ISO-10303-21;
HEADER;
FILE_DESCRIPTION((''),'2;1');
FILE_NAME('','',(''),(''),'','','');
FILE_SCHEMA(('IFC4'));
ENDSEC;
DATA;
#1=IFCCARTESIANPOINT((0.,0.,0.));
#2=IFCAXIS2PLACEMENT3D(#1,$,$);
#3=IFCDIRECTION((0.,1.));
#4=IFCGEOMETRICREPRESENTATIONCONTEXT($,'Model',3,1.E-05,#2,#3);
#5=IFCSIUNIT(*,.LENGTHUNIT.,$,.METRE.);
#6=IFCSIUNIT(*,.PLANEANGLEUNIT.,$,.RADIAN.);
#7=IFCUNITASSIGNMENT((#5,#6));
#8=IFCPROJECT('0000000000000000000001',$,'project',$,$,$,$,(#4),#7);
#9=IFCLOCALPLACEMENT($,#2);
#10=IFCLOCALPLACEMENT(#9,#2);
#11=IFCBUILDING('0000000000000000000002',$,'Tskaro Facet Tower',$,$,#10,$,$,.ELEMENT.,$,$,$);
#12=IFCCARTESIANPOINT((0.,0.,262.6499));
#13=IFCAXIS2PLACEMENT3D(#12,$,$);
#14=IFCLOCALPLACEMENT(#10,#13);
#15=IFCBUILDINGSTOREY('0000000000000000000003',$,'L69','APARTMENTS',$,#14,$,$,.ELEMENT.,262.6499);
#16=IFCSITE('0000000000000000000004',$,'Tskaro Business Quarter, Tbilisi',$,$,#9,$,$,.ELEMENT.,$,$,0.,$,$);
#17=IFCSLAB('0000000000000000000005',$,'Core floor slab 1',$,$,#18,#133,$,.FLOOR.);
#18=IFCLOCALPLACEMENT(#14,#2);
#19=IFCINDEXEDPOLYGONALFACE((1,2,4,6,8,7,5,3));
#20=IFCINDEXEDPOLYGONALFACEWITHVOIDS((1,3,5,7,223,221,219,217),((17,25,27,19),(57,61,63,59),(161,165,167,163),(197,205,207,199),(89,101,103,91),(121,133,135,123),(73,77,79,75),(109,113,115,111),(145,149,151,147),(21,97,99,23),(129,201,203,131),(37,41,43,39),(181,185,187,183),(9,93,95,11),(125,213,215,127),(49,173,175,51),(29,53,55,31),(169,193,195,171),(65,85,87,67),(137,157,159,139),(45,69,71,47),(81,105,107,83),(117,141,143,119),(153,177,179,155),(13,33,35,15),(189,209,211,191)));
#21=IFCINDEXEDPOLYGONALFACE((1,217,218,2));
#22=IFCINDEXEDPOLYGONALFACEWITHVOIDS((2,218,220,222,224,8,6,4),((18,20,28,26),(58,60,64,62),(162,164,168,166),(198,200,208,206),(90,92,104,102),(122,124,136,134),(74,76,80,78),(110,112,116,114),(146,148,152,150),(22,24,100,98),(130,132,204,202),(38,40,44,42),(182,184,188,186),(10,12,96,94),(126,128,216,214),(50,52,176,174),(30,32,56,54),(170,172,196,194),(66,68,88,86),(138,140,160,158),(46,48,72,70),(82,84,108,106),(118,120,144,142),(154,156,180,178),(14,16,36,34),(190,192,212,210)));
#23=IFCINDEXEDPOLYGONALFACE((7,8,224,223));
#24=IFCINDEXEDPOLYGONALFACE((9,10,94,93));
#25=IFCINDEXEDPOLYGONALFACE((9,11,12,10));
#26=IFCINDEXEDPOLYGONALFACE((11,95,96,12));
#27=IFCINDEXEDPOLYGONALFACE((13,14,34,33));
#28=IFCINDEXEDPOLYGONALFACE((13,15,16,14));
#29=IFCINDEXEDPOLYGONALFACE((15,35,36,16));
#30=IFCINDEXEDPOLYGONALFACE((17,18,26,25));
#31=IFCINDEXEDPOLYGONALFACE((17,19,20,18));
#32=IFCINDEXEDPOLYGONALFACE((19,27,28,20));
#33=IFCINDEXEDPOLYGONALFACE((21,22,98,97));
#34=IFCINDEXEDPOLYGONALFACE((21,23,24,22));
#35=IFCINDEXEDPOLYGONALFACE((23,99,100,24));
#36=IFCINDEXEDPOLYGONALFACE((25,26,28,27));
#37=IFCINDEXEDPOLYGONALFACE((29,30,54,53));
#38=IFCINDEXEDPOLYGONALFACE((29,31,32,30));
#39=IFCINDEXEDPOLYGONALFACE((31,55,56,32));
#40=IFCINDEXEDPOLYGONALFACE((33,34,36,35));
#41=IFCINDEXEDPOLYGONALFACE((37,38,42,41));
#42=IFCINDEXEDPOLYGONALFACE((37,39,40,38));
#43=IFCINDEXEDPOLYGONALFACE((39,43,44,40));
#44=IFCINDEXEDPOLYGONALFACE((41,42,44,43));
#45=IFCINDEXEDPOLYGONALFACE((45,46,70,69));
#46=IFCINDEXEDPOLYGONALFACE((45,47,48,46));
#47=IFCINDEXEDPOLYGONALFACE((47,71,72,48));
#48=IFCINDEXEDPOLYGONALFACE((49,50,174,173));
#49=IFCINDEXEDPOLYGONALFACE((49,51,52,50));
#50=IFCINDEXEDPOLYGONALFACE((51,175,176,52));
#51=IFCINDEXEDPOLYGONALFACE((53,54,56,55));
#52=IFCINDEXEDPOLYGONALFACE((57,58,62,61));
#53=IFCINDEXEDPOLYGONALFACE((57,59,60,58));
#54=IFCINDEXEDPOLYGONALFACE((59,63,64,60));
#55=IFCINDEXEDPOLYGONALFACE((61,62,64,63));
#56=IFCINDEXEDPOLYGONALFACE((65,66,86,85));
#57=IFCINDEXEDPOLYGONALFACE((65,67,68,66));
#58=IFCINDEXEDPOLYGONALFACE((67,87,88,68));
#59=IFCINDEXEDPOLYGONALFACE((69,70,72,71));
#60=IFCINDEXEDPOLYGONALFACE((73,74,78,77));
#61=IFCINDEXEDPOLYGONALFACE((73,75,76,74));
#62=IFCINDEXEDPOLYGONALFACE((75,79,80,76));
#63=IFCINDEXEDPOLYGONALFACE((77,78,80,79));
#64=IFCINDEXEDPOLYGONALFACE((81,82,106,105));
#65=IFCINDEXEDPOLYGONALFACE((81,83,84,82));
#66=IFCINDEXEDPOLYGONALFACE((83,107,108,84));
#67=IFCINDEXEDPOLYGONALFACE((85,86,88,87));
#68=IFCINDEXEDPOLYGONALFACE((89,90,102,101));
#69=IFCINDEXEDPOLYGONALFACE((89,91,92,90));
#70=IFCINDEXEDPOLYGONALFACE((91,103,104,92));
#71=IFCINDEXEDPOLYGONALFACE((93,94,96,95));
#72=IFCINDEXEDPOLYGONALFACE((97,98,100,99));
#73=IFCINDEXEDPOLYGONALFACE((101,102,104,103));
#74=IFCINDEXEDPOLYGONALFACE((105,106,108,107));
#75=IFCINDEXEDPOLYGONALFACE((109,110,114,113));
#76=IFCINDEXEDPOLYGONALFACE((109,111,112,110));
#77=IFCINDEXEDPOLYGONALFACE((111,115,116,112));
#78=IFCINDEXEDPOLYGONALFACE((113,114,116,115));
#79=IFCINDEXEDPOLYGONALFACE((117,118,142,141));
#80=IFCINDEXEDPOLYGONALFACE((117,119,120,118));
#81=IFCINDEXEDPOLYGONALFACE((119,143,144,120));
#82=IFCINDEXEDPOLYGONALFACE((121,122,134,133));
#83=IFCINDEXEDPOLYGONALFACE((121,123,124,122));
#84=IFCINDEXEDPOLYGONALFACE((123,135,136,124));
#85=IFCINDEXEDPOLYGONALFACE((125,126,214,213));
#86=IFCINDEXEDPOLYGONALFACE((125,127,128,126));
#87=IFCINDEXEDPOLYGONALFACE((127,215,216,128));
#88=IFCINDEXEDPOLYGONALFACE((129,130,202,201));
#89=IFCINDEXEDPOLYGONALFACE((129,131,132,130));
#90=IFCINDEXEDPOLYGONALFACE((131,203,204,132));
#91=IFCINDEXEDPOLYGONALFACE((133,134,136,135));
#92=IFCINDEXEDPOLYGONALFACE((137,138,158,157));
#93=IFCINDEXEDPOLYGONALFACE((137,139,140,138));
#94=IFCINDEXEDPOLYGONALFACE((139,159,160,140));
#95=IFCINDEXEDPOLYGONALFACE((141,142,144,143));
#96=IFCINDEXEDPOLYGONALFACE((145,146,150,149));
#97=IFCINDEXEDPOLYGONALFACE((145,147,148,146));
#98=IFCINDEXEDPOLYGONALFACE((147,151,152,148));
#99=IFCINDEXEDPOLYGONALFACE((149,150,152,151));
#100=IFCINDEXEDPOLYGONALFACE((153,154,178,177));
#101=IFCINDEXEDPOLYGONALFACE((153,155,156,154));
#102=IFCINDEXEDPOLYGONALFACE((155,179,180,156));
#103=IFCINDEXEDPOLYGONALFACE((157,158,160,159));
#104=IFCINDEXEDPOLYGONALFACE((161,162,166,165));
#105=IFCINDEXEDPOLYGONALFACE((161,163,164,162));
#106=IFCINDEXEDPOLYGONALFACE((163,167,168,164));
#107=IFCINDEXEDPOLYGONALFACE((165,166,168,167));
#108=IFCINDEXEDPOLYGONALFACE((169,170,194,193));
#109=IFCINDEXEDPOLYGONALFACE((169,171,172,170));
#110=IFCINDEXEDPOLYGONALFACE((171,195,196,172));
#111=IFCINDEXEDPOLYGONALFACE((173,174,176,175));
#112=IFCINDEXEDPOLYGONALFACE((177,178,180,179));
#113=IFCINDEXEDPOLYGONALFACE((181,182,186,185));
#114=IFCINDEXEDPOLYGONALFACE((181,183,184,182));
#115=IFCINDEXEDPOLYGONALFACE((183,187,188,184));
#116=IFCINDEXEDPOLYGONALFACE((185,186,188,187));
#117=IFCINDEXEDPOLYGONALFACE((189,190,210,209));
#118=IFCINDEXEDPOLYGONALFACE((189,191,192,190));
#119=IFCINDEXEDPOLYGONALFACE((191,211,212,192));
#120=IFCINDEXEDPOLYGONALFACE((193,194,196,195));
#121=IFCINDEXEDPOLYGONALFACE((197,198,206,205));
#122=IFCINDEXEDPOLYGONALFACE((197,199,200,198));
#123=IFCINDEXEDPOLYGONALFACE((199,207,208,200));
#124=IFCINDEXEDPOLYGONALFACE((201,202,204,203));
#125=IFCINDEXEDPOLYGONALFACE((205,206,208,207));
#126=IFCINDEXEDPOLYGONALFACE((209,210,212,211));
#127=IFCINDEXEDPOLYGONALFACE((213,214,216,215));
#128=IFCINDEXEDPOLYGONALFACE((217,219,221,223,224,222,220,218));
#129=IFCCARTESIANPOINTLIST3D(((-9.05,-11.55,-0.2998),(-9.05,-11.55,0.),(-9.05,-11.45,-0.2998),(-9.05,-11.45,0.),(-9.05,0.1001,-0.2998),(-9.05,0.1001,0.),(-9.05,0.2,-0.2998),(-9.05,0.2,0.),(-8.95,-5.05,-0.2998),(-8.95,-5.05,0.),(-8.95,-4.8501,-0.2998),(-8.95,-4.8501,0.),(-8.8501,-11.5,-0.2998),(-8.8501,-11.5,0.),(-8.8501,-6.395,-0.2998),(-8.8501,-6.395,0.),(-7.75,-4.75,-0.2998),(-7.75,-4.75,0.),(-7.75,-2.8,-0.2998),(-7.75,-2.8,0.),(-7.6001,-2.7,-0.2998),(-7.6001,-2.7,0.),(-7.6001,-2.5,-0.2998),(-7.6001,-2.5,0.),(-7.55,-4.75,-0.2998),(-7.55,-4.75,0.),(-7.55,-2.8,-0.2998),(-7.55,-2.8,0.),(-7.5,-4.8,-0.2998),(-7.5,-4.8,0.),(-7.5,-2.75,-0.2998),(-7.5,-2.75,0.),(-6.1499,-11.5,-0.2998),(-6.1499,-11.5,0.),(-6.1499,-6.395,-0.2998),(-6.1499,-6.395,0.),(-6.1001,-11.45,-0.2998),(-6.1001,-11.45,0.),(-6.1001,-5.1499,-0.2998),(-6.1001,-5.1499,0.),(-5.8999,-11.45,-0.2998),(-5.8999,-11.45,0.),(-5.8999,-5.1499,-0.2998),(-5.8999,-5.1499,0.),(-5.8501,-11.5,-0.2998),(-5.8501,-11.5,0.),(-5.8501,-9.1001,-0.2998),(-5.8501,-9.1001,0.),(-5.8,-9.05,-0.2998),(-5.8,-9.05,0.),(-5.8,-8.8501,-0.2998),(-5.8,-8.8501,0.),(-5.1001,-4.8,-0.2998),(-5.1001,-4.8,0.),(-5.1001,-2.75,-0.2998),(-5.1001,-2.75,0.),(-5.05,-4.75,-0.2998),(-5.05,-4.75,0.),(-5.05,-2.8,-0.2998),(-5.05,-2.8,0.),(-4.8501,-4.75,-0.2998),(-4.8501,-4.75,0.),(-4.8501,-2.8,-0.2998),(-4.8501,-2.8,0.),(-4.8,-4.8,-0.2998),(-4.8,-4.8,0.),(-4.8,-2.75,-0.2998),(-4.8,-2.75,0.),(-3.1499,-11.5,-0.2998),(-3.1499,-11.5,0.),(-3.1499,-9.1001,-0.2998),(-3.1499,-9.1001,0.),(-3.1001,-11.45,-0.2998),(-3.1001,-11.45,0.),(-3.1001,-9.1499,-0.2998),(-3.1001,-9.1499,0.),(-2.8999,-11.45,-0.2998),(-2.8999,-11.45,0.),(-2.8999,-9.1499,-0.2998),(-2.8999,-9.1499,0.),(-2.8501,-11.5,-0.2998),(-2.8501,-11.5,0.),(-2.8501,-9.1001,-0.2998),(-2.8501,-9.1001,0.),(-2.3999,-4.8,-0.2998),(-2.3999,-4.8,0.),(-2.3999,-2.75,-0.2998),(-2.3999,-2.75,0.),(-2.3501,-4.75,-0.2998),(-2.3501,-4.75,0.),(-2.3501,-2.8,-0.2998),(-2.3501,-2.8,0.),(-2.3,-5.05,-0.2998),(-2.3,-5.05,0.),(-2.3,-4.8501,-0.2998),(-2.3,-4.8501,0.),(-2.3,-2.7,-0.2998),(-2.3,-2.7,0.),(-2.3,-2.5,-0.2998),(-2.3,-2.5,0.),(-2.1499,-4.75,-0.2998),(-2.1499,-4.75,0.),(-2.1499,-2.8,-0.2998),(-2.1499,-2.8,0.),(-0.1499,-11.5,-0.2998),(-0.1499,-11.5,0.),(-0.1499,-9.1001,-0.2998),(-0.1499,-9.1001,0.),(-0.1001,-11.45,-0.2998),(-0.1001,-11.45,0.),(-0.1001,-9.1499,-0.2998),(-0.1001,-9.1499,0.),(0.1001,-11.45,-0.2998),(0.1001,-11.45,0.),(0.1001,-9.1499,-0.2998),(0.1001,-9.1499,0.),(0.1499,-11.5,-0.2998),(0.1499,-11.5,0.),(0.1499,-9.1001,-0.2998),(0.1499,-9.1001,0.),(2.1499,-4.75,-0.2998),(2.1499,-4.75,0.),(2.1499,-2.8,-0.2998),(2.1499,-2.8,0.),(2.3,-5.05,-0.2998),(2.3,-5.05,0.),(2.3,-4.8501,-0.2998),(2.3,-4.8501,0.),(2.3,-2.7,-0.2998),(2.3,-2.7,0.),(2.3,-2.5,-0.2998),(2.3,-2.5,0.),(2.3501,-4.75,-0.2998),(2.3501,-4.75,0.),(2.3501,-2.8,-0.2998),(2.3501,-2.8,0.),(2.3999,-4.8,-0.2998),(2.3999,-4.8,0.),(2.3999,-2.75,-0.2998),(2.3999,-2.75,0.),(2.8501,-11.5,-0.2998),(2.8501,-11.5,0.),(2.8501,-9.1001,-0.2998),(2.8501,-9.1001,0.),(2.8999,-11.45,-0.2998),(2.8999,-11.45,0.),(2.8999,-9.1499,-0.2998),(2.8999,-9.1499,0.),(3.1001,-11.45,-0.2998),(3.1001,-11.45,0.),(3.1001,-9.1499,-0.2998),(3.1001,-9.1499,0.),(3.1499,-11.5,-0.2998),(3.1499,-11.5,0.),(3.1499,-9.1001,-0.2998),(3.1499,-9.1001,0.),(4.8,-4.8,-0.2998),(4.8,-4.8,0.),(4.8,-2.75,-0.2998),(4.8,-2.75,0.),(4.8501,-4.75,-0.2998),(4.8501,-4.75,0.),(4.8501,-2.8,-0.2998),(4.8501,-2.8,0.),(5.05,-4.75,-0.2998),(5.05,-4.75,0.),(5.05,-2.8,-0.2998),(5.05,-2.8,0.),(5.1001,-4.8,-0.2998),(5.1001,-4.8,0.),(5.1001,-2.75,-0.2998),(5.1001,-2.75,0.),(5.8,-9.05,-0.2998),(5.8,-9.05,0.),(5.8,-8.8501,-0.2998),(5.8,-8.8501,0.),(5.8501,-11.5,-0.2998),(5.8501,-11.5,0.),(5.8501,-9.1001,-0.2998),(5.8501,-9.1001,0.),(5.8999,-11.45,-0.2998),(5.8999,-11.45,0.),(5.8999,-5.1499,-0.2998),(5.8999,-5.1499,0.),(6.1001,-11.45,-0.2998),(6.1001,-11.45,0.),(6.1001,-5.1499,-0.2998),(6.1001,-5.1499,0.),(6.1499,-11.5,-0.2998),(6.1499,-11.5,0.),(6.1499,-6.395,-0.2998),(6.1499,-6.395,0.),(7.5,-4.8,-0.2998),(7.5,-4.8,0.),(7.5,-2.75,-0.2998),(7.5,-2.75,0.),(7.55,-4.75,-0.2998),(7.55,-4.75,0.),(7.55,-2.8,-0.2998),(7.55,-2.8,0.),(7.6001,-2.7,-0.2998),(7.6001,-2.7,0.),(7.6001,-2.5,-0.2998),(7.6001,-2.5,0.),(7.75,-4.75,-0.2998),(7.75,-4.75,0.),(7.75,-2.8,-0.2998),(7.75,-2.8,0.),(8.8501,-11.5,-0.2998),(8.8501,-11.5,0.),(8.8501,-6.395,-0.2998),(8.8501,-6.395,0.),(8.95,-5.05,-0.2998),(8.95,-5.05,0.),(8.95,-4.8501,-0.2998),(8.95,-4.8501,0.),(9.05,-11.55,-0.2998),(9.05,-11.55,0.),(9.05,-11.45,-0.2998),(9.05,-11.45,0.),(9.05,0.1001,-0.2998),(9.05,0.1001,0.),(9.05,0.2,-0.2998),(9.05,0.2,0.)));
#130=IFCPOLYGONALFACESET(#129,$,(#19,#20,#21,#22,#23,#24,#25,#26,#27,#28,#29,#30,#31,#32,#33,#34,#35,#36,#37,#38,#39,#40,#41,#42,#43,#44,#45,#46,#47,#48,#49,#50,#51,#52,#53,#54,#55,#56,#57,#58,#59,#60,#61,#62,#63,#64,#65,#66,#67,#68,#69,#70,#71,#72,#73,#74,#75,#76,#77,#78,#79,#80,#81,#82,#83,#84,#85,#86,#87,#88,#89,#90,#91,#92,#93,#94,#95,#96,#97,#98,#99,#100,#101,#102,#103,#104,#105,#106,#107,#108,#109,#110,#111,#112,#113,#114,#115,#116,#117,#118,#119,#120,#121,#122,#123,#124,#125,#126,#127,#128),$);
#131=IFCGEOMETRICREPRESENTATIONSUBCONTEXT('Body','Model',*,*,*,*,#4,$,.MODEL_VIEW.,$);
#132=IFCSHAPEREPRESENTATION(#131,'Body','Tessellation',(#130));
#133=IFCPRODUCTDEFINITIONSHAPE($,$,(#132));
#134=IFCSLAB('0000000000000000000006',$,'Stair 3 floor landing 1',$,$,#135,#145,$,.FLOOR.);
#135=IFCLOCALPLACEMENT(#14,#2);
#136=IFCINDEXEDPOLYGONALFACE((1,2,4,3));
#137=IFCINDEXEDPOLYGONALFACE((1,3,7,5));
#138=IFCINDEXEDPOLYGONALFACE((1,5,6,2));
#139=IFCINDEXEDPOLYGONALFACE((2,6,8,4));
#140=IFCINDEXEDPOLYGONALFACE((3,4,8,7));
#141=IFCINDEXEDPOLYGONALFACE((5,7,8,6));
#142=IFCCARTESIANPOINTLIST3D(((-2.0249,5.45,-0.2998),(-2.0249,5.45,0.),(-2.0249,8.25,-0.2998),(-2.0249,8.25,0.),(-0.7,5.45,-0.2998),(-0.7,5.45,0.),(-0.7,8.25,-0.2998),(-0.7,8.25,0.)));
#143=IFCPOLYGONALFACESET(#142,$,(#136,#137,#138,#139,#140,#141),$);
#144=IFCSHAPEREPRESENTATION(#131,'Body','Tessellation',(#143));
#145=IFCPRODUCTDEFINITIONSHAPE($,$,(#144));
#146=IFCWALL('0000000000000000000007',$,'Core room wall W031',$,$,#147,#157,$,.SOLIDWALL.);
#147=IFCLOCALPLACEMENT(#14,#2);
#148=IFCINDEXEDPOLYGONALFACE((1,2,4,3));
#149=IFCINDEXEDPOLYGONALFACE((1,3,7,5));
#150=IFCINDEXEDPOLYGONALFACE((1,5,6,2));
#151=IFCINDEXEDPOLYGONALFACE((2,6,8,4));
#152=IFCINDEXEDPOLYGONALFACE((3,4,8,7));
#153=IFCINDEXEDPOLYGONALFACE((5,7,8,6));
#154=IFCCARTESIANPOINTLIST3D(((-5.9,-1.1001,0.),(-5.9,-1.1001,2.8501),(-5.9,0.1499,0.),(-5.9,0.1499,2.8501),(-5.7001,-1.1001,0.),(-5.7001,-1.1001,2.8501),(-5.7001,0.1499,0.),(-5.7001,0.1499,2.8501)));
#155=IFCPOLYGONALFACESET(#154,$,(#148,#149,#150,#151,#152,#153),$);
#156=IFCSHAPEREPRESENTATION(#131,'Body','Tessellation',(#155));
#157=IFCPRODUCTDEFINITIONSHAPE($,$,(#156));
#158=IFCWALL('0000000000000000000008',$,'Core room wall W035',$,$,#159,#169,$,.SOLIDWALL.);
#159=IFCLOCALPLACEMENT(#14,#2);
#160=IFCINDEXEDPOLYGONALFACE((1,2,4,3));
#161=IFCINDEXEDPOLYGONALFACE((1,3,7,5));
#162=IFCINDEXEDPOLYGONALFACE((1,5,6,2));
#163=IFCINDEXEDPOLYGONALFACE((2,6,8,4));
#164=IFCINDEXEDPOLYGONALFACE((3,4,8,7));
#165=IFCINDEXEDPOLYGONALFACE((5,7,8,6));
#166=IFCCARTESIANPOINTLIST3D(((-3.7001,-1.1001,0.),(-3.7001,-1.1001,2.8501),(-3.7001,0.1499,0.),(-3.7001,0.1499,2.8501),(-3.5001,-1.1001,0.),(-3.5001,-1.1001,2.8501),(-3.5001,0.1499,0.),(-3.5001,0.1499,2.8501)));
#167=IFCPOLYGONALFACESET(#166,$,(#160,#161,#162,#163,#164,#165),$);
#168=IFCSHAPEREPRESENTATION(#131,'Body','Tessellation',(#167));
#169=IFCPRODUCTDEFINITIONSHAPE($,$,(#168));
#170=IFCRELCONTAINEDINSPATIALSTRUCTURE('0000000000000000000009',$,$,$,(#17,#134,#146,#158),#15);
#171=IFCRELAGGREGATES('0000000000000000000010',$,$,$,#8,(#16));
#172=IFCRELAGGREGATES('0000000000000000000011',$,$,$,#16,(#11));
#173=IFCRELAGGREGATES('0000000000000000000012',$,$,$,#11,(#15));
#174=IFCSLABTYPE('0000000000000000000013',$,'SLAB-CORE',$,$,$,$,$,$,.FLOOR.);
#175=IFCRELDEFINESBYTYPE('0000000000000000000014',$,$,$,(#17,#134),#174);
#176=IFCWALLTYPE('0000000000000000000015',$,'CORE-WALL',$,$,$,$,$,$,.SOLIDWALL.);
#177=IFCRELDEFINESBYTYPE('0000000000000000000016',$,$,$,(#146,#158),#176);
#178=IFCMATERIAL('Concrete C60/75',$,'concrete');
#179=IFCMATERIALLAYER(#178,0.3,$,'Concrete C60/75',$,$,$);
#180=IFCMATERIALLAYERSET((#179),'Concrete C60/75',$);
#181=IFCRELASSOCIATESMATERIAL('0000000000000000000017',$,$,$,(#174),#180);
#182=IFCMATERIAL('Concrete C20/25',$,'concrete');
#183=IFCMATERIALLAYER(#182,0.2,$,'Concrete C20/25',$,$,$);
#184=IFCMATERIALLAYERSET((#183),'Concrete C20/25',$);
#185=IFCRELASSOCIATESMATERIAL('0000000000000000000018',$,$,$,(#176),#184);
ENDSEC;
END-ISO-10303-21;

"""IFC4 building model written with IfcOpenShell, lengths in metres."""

from ifc_helpers import new_model, si_unit, direction, frame, frame_2d, origin, place, context, subcontext, project, spatial, polyline, rectangle, outline, extrude, material, layer, layer_set, type_object, element, save


model = new_model("IFC4")

# Units and contexts
model_context = context("Model", 3, precision=1e-05, world=origin(), true_north=direction((0.0, 1.0)))
body_context = subcontext(model_context, "Body", "Model", "MODEL_VIEW")
ifc_project = project(units=[si_unit("LENGTHUNIT", "METRE"), si_unit("PLANEANGLEUNIT", "RADIAN")], contexts=[model_context])

# Site, building, storey
site_placement = place(None, origin())
site = spatial("IfcSite", under=ifc_project, at=site_placement, Name="Tskaro Business Quarter, Tbilisi", CompositionType="ELEMENT", RefElevation=0.0)
building_placement = place(site_placement, origin())
building = spatial("IfcBuilding", under=site, at=building_placement, Name="Tskaro Facet Tower", CompositionType="ELEMENT")
storey_placement = place(building_placement, frame((0.0, 0.0, 262.6499)))
storey = spatial("IfcBuildingStorey", under=building, at=storey_placement, Name="L69", Description="APARTMENTS", CompositionType="ELEMENT", Elevation=262.6499)

# Slabs
ifc_material_1 = material(Name="Concrete C60/75", Category="concrete")
ifc_layer_1 = layer(ifc_material_1, 0.3, Name="Concrete C60/75")
ifc_layer_set_1 = layer_set([ifc_layer_1], Name="Concrete C60/75")
slab_type_1 = type_object("IfcSlabType", Name="SLAB-CORE", PredefinedType="FLOOR", material=ifc_layer_set_1)
slab_1_placement = place(storey_placement, frame((0.0, 0.0, -0.2998)))
element("IfcSlab", 1, at=slab_1_placement, inside=storey, type_object=slab_type_1, Name="Core floor slab 1", PredefinedType="FLOOR", context=body_context, shape_type="SweptSolid", body=[
    extrude(outline(polyline([(-9.05, 0.2), (9.05, 0.2), (9.05, 0.1001), (9.05, -11.45), (9.05, -11.55), (-9.05, -11.55), (-9.05, -11.45), (-9.05, 0.1001), (-9.05, 0.2)]), holes=[polyline([(-5.8501, -9.1001), (-5.8501, -11.5), (-3.1499, -11.5), (-3.1499, -9.1001), (-5.8501, -9.1001)]), polyline([(-3.1001, -11.45), (-2.8999, -11.45), (-2.8999, -9.1499), (-3.1001, -9.1499), (-3.1001, -11.45)]), polyline([(-2.8501, -9.1001), (-2.8501, -11.5), (-0.1499, -11.5), (-0.1499, -9.1001), (-2.8501, -9.1001)]), polyline([(-6.1001, -11.45), (-5.8999, -11.45), (-5.8999, -5.1499), (-6.1001, -5.1499), (-6.1001, -11.45)]), polyline([(-8.95, -5.05), (-2.3, -5.05), (-2.3, -4.8501), (-8.95, -4.8501), (-8.95, -5.05)]), polyline([(-7.75, -4.75), (-7.55, -4.75), (-7.55, -2.8), (-7.75, -2.8), (-7.75, -4.75)]), polyline([(-5.1001, -2.75), (-7.5, -2.75), (-7.5, -4.8), (-5.1001, -4.8), (-5.1001, -2.75)]), polyline([(-5.05, -4.75), (-4.8501, -4.75), (-4.8501, -2.8), (-5.05, -2.8), (-5.05, -4.75)]), polyline([(-2.3999, -2.75), (-4.8, -2.75), (-4.8, -4.8), (-2.3999, -4.8), (-2.3999, -2.75)]), polyline([(-2.3501, -4.75), (-2.1499, -4.75), (-2.1499, -2.8), (-2.3501, -2.8), (-2.3501, -4.75)]), polyline([(-7.6001, -2.7), (-2.3, -2.7), (-2.3, -2.5), (-7.6001, -2.5), (-7.6001, -2.7)]), polyline([(-0.1001, -11.45), (0.1001, -11.45), (0.1001, -9.1499), (-0.1001, -9.1499), (-0.1001, -11.45)]), polyline([(0.1499, -9.1001), (0.1499, -11.5), (2.8501, -11.5), (2.8501, -9.1001), (0.1499, -9.1001)]), polyline([(2.8999, -11.45), (3.1001, -11.45), (3.1001, -9.1499), (2.8999, -9.1499), (2.8999, -11.45)]), polyline([(3.1499, -9.1001), (3.1499, -11.5), (5.8501, -11.5), (5.8501, -9.1001), (3.1499, -9.1001)]), polyline([(-5.8, -9.05), (5.8, -9.05), (5.8, -8.8501), (-5.8, -8.8501), (-5.8, -9.05)]), polyline([(5.8999, -11.45), (6.1001, -11.45), (6.1001, -5.1499), (5.8999, -5.1499), (5.8999, -11.45)]), polyline([(2.3, -5.05), (8.95, -5.05), (8.95, -4.8501), (2.3, -4.8501), (2.3, -5.05)]), polyline([(2.1499, -4.75), (2.3501, -4.75), (2.3501, -2.8), (2.1499, -2.8), (2.1499, -4.75)]), polyline([(4.8, -2.75), (2.3999, -2.75), (2.3999, -4.8), (4.8, -4.8), (4.8, -2.75)]), polyline([(4.8501, -4.75), (5.05, -4.75), (5.05, -2.8), (4.8501, -2.8), (4.8501, -4.75)]), polyline([(7.5, -2.75), (5.1001, -2.75), (5.1001, -4.8), (7.5, -4.8), (7.5, -2.75)]), polyline([(7.55, -4.75), (7.75, -4.75), (7.75, -2.8), (7.55, -2.8), (7.55, -4.75)]), polyline([(2.3, -2.7), (7.6001, -2.7), (7.6001, -2.5), (2.3, -2.5), (2.3, -2.7)]), polyline([(-8.8501, -11.5), (-6.1499, -11.5), (-6.1499, -6.395), (-8.8501, -6.395), (-8.8501, -11.5)]), polyline([(6.1499, -6.395), (6.1499, -11.5), (8.8501, -11.5), (8.8501, -6.395), (6.1499, -6.395)])]), origin(), (0.0, 0.0, 1.0), 0.2998),
])
slab_2_placement = place(storey_placement, frame((0.0, 0.0, -0.2998)))
element("IfcSlab", 2, at=slab_2_placement, inside=storey, type_object=slab_type_1, Name="Stair 3 floor landing 1", PredefinedType="FLOOR", context=body_context, shape_type="SweptSolid", body=[
    extrude(outline(polyline([(-2.0249, 5.45), (-0.7, 5.45), (-0.7, 8.25), (-2.0249, 8.25), (-2.0249, 5.45)])), origin(), (0.0, 0.0, 1.0), 0.2998),
])

# Walls
ifc_material_2 = material(Name="Concrete C20/25", Category="concrete")
ifc_layer_2 = layer(ifc_material_2, 0.2, Name="Concrete C20/25")
ifc_layer_set_2 = layer_set([ifc_layer_2], Name="Concrete C20/25")
wall_type_1 = type_object("IfcWallType", Name="CORE-WALL", PredefinedType="SOLIDWALL", material=ifc_layer_set_2)
for number, where, z_axis, x_axis, name in (
    (3, (-5.8, -1.1001, 0.0), (0.0, 0.0, 1.0), (0.0, 1.0, 0.0), "Core room wall W031"),
    (4, (-3.6001, -1.1001, 0.0), (0.0, 0.0, 1.0), (0.0, 1.0, 0.0), "Core room wall W035"),
):
    element("IfcWall", number, at=place(storey_placement, frame(where, z_axis=z_axis, x_axis=x_axis)), inside=storey, type_object=wall_type_1, Name=name, PredefinedType="SOLIDWALL", context=body_context, shape_type="SweptSolid", body=[
        extrude(rectangle(XDim=1.25, YDim=0.2, at=frame_2d((0.625, 0.0))), origin(), (0.0, 0.0, 1.0), 2.8501),
    ])

save(model, "model.ifc")
